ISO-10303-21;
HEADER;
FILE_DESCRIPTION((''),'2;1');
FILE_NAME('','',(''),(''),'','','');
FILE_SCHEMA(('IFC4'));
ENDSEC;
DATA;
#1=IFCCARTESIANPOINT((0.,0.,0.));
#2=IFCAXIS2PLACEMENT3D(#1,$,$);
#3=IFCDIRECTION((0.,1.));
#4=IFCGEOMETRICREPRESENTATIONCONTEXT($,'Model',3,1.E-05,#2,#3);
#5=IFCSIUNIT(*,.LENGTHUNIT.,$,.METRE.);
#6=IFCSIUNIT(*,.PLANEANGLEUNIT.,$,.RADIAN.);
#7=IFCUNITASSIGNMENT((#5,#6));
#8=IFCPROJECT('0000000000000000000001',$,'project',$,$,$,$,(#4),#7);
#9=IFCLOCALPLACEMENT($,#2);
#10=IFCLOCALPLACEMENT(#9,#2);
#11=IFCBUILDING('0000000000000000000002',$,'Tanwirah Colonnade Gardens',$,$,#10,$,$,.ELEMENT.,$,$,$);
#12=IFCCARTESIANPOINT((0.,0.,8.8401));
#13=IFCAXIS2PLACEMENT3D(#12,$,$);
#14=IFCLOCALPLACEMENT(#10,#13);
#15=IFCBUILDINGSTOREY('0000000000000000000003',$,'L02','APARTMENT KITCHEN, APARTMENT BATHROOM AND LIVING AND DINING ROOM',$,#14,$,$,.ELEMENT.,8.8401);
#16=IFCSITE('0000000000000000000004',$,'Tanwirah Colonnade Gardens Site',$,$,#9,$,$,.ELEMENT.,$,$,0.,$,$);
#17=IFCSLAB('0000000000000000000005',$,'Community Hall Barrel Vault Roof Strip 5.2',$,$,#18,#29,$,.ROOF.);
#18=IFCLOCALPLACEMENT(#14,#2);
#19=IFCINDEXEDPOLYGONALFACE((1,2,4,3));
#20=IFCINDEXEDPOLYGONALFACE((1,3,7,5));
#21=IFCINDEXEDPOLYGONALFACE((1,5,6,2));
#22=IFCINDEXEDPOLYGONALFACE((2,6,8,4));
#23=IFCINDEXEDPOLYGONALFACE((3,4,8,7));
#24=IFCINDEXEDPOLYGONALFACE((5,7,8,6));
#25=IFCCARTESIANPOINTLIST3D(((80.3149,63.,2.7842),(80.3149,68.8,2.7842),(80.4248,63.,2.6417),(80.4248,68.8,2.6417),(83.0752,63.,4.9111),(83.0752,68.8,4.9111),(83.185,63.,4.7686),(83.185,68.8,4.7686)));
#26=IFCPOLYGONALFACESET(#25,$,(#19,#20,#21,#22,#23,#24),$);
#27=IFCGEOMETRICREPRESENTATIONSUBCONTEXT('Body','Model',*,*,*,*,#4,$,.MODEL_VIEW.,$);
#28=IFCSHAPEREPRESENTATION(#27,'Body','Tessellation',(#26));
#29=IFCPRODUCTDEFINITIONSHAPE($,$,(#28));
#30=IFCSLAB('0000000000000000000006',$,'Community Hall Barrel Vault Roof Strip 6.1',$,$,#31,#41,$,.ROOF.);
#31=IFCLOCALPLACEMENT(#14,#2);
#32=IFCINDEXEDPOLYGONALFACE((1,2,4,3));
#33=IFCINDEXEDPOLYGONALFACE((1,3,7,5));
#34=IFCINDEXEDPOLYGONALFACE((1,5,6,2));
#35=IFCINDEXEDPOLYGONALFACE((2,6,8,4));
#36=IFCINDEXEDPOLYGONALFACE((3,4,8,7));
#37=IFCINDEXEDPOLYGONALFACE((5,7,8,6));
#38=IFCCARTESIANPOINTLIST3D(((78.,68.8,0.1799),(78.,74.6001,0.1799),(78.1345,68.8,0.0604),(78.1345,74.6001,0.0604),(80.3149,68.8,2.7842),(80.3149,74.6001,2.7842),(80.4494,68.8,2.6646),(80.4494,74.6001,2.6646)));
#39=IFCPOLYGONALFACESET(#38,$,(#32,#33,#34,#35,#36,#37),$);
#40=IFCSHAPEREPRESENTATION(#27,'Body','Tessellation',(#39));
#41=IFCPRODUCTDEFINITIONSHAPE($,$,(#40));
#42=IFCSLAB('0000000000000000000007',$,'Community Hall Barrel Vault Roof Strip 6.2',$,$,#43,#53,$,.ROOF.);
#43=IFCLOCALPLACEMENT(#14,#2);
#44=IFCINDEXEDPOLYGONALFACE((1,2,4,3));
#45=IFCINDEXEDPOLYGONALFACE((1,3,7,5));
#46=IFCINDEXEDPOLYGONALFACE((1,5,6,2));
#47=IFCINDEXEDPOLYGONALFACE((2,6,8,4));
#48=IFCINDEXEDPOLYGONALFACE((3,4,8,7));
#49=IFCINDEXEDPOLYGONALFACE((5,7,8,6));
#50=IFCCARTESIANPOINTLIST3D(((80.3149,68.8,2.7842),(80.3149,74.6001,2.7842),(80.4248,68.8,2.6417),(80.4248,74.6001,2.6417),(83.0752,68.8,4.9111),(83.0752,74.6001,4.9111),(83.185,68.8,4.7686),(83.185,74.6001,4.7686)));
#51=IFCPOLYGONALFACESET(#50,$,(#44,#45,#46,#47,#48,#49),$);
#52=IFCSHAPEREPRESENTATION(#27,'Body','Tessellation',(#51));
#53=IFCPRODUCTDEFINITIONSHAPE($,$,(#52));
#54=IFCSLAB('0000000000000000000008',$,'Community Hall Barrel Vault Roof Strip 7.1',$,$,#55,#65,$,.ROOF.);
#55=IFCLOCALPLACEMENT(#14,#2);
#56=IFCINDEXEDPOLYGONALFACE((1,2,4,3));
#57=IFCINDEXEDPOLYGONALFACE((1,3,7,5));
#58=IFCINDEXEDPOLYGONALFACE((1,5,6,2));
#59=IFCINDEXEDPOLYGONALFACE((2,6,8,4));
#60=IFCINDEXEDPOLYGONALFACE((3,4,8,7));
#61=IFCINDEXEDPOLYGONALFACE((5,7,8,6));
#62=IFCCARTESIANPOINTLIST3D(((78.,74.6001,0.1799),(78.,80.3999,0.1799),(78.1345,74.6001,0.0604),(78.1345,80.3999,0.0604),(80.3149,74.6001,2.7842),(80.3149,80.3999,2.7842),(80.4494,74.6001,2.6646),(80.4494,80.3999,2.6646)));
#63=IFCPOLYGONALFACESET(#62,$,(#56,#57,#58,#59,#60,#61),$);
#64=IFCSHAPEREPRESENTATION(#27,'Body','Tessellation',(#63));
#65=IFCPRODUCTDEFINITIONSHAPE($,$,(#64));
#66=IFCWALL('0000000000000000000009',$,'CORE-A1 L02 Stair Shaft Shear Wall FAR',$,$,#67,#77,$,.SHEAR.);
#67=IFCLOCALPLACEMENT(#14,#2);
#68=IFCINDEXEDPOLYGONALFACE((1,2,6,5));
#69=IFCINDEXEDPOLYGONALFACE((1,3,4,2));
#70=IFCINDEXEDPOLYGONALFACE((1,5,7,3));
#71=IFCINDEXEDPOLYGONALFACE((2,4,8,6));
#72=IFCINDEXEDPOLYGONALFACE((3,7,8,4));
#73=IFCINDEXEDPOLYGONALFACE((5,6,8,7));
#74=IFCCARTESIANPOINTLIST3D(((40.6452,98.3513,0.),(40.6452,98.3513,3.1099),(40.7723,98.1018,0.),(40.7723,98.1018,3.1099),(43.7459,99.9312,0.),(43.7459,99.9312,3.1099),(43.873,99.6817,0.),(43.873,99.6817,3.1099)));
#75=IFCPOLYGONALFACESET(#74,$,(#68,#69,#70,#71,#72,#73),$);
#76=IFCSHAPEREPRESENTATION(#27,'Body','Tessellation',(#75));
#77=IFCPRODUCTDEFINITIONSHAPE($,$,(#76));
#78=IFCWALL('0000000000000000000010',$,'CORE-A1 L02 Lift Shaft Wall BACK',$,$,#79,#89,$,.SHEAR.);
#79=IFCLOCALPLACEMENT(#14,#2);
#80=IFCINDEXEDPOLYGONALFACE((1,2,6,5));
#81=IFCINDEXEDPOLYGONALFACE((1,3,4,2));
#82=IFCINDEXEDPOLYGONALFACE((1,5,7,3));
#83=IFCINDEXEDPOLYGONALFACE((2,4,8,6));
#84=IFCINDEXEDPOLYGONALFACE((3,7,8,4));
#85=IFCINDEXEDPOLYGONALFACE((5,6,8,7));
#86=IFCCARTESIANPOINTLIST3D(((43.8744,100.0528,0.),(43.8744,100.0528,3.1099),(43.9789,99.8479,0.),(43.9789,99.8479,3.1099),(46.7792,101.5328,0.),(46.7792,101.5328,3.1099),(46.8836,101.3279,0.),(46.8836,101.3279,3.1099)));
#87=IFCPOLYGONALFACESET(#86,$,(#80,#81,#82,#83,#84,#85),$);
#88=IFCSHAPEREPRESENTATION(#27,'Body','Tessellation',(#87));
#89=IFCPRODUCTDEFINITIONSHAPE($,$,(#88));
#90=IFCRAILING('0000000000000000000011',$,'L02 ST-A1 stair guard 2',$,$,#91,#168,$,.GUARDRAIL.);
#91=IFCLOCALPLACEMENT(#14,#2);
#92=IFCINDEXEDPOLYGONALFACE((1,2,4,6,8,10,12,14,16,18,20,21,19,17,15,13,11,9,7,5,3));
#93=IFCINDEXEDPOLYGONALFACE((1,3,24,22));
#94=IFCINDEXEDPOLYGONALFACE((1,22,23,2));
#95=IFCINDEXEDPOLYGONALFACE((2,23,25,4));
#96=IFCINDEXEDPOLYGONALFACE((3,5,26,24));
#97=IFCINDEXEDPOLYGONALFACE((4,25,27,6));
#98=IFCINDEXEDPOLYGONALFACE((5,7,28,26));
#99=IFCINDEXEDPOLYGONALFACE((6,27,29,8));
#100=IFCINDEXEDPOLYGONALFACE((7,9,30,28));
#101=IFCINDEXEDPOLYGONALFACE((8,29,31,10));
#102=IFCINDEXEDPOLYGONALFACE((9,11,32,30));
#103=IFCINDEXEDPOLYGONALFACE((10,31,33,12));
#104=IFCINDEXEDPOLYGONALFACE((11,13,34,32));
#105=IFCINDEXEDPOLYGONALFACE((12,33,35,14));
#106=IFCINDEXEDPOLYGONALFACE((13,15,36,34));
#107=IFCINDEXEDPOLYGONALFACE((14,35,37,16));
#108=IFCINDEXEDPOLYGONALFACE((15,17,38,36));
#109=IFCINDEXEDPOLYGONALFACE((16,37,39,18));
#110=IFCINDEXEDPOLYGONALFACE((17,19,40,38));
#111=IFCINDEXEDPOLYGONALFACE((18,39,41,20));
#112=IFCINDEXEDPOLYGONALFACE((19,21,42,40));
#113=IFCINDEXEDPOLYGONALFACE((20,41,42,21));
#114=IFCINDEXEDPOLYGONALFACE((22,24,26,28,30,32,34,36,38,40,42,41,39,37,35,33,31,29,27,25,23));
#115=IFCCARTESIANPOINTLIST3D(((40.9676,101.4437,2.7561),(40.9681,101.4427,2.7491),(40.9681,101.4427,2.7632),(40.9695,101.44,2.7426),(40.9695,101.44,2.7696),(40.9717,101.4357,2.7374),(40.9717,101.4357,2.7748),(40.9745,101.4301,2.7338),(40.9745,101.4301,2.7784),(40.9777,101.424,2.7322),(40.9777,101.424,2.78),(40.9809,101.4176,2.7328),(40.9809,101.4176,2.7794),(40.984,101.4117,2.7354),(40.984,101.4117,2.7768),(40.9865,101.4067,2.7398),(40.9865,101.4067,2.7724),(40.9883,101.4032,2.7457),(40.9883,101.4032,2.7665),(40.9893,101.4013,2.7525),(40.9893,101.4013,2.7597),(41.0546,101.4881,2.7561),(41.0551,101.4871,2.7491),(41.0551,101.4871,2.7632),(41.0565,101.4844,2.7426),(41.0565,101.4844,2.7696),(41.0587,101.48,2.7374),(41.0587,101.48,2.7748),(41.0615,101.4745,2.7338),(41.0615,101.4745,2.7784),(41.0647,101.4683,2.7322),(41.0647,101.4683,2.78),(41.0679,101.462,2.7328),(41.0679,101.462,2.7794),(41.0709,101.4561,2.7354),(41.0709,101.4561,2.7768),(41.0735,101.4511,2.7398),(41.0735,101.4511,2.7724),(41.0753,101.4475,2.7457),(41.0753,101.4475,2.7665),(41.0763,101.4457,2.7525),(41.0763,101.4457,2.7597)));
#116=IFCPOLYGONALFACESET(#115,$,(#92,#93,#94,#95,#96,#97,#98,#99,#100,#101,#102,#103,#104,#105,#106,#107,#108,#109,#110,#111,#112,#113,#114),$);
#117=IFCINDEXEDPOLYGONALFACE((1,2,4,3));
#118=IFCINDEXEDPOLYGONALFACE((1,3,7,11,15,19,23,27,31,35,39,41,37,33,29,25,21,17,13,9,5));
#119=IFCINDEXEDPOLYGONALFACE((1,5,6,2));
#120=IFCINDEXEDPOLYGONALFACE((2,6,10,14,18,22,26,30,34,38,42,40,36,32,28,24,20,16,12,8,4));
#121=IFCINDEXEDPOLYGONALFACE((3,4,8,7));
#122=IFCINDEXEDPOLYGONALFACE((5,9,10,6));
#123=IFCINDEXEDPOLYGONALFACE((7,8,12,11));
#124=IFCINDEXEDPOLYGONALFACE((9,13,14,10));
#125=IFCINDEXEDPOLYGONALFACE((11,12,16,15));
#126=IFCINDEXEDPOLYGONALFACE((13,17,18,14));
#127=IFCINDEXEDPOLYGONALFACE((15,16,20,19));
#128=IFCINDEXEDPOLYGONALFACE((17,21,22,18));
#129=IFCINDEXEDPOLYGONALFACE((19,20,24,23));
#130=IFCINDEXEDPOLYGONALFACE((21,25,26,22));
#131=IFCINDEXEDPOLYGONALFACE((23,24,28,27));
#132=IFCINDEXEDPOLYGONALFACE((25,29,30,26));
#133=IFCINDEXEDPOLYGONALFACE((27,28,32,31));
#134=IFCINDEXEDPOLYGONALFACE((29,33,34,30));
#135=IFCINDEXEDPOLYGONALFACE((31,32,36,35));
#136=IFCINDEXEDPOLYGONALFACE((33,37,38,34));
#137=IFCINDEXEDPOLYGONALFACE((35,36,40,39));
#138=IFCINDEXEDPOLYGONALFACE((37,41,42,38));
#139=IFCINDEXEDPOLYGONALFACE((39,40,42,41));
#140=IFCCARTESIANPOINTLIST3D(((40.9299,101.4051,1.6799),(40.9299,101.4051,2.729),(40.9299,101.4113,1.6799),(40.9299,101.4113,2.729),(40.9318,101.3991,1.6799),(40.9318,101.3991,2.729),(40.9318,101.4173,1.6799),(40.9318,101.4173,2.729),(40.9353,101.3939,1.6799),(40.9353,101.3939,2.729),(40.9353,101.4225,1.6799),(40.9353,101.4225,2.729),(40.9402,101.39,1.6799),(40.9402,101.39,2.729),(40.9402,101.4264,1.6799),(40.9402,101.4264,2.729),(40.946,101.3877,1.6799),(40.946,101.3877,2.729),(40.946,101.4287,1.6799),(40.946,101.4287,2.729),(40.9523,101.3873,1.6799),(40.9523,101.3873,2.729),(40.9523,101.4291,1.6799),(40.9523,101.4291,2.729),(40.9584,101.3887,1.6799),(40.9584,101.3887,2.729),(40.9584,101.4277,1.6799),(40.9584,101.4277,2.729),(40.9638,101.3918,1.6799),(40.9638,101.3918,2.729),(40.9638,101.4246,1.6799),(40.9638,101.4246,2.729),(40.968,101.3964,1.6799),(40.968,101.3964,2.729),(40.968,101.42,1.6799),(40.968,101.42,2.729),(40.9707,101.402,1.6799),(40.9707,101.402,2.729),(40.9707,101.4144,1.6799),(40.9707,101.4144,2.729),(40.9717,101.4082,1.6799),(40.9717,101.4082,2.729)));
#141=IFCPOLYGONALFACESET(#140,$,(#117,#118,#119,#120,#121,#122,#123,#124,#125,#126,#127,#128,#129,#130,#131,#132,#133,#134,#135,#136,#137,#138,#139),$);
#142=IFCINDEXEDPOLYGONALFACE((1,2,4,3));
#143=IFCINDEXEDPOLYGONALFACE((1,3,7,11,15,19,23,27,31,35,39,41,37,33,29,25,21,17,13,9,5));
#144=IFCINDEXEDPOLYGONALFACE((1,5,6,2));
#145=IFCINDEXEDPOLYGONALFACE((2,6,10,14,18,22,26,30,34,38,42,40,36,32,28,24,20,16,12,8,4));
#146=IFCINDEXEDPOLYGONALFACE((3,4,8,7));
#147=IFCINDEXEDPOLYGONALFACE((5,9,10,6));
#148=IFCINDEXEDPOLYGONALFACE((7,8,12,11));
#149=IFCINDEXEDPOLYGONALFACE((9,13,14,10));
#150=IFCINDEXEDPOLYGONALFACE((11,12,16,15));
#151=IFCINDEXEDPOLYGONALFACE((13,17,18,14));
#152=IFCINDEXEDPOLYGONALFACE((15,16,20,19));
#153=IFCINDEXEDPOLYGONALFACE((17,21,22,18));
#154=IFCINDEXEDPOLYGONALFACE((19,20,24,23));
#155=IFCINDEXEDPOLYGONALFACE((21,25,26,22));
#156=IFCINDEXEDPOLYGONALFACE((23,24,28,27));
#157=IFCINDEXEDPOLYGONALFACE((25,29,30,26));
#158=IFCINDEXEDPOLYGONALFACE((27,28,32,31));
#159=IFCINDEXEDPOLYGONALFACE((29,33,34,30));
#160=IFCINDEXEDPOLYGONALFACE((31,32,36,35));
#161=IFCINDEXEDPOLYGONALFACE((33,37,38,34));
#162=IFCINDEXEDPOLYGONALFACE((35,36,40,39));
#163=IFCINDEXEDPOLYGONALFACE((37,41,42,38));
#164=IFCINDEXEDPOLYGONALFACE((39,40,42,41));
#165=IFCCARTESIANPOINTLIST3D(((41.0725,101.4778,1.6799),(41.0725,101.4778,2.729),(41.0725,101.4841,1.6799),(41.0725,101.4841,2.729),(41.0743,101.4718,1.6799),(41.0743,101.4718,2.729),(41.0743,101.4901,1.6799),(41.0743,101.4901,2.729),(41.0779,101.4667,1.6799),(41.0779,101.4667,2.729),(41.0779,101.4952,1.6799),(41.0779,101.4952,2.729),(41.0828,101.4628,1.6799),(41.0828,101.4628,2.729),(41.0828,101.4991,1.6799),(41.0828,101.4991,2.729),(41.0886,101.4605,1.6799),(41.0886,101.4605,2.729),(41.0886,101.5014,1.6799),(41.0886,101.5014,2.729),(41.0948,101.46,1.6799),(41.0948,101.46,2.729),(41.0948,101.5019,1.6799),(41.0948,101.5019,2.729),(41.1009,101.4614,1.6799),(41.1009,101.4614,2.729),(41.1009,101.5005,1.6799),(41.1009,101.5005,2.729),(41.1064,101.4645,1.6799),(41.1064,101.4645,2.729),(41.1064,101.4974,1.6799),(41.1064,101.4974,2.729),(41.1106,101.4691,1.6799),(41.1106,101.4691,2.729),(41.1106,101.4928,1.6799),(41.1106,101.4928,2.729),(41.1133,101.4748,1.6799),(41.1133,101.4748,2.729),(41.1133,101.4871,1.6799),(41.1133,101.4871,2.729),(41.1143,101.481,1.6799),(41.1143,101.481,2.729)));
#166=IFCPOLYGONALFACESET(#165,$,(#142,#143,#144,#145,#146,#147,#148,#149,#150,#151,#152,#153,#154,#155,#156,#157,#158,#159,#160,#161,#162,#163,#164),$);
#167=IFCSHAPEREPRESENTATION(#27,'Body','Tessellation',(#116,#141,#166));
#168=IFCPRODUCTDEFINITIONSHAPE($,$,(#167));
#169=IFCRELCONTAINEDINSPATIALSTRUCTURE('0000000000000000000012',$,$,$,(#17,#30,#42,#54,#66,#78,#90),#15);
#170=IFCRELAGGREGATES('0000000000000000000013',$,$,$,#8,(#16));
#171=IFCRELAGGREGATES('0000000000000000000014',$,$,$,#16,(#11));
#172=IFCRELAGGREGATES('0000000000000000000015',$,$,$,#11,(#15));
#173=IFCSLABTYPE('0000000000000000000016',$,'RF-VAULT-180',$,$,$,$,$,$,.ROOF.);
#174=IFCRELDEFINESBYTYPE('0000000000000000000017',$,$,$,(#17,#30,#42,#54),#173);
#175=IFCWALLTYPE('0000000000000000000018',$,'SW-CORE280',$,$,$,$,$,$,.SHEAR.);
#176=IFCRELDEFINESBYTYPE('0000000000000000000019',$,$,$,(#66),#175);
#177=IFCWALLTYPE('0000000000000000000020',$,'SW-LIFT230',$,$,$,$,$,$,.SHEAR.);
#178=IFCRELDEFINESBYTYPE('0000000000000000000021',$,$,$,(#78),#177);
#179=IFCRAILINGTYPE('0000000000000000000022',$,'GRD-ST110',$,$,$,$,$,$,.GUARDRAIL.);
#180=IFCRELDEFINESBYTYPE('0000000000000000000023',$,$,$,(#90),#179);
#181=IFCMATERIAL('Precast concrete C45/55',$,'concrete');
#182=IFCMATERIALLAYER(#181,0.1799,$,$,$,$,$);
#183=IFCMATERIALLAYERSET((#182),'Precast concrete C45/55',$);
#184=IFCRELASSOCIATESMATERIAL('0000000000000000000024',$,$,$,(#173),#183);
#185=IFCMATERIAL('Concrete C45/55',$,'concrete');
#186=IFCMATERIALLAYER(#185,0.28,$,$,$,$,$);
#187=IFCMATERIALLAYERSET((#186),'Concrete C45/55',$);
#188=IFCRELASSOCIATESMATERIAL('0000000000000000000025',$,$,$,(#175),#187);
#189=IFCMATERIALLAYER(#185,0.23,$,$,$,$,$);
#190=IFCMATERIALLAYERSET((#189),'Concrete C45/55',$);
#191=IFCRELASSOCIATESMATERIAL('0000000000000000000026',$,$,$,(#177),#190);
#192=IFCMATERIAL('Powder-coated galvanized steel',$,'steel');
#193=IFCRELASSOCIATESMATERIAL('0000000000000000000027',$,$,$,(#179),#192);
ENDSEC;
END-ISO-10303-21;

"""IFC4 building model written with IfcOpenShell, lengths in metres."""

from ifc_helpers import new_model, si_unit, direction, frame, frame_2d, origin, origin_2d, place, context, subcontext, project, spatial, polyline, rectangle, circle, outline, extrude, material, layer, layer_set, type_object, element, save


model = new_model("IFC4")

# Units and contexts
model_context = context("Model", 3, precision=1e-05, world=origin(), true_north=direction((0.0, 1.0)))
body_context = subcontext(model_context, "Body", "Model", "MODEL_VIEW")
ifc_project = project(units=[si_unit("LENGTHUNIT", "METRE"), si_unit("PLANEANGLEUNIT", "RADIAN")], contexts=[model_context])

# Site, building, storey
site_placement = place(None, origin())
site = spatial("IfcSite", under=ifc_project, at=site_placement, Name="Tanwirah Colonnade Gardens Site", CompositionType="ELEMENT", RefElevation=0.0)
building_placement = place(site_placement, origin())
building = spatial("IfcBuilding", under=site, at=building_placement, Name="Tanwirah Colonnade Gardens", CompositionType="ELEMENT")
storey_placement = place(building_placement, frame((0.0, 0.0, 8.8401)))
storey = spatial("IfcBuildingStorey", under=building, at=storey_placement, Name="L02", Description="APARTMENT KITCHEN, APARTMENT BATHROOM AND LIVING AND DINING ROOM", CompositionType="ELEMENT", Elevation=8.8401)

# Shared definitions
ifc_material_1 = material(Name="Precast concrete C45/55", Category="concrete")

# Slabs
ifc_layer_1 = layer(ifc_material_1, 0.1799)
ifc_layer_set_1 = layer_set([ifc_layer_1], Name="Precast concrete C45/55")
slab_type_1 = type_object("IfcSlabType", Name="RF-VAULT-180", PredefinedType="ROOF", material=ifc_layer_set_1)
slab_1_placement = place(storey_placement, frame((80.3149, 63.0, 2.7842), z_axis=(-0.610374, 0.0, 0.792113), x_axis=(0.792113, 0.0, 0.610374)))
element("IfcSlab", 1, at=slab_1_placement, inside=storey, type_object=slab_type_1, Name="Community Hall Barrel Vault Roof Strip 5.2", PredefinedType="ROOF", context=body_context, shape_type="SweptSolid", body=[
    extrude(outline(polyline([(0.0, 0.0), (3.4847, 0.0), (3.4847, 5.8), (0.0, 5.8), (0.0, 0.0)])), origin(), (0.0, 0.0, -1.0), 0.1799),
])
slab_2_placement = place(storey_placement, frame((78.0, 68.8, 0.1799), z_axis=(-0.747402, 0.0, 0.664373), x_axis=(0.664373, 0.0, 0.747402)))
element("IfcSlab", 2, at=slab_2_placement, inside=storey, type_object=slab_type_1, Name="Community Hall Barrel Vault Roof Strip 6.1", PredefinedType="ROOF", context=body_context, shape_type="SweptSolid", body=[
    extrude(outline(polyline([(0.0, 0.0), (3.4844, 0.0), (3.4844, 5.8), (0.0, 5.8), (0.0, 0.0)])), origin(), (0.0, 0.0, -1.0), 0.1799),
])
slab_3_placement = place(storey_placement, frame((80.3149, 68.8, 2.7842), z_axis=(-0.610374, 0.0, 0.792113), x_axis=(0.792113, 0.0, 0.610374)))
element("IfcSlab", 3, at=slab_3_placement, inside=storey, type_object=slab_type_1, Name="Community Hall Barrel Vault Roof Strip 6.2", PredefinedType="ROOF", context=body_context, shape_type="SweptSolid", body=[
    extrude(outline(polyline([(0.0, 0.0), (3.4847, 0.0), (3.4847, 5.8), (0.0, 5.8), (0.0, 0.0)])), origin(), (0.0, 0.0, -1.0), 0.1799),
])
slab_4_placement = place(storey_placement, frame((78.0, 74.6001, 0.1799), z_axis=(-0.747402, 0.0, 0.664373), x_axis=(0.664373, 0.0, 0.747402)))
element("IfcSlab", 4, at=slab_4_placement, inside=storey, type_object=slab_type_1, Name="Community Hall Barrel Vault Roof Strip 7.1", PredefinedType="ROOF", context=body_context, shape_type="SweptSolid", body=[
    extrude(outline(polyline([(0.0, 0.0), (3.4844, 0.0), (3.4844, 5.7998), (0.0, 5.7998), (0.0, 0.0)])), origin(), (0.0, 0.0, -1.0), 0.1799),
])

# Walls
ifc_material_2 = material(Name="Concrete C45/55", Category="concrete")
ifc_layer_2 = layer(ifc_material_2, 0.28)
ifc_layer_set_2 = layer_set([ifc_layer_2], Name="Concrete C45/55")
wall_type_1 = type_object("IfcWallType", Name="SW-CORE280", PredefinedType="SHEAR", material=ifc_layer_set_2)
wall_1_placement = place(storey_placement, frame((40.7087, 98.2266, 0.0), z_axis=(0.0, 0.0, 1.0), x_axis=(0.891006, 0.453992, 0.0)))
element("IfcWall", 5, at=wall_1_placement, inside=storey, type_object=wall_type_1, Name="CORE-A1 L02 Stair Shaft Shear Wall FAR", PredefinedType="SHEAR", context=body_context, shape_type="SweptSolid", body=[
    extrude(rectangle(XDim=3.48, YDim=0.28, at=frame_2d((1.74, 0.0))), origin(), (0.0, 0.0, 1.0), 3.1099),
])
ifc_layer_3 = layer(ifc_material_2, 0.23)
ifc_layer_set_3 = layer_set([ifc_layer_3], Name="Concrete C45/55")
wall_type_2 = type_object("IfcWallType", Name="SW-LIFT230", PredefinedType="SHEAR", material=ifc_layer_set_3)
wall_2_placement = place(storey_placement, frame((43.9268, 99.9504, 0.0), z_axis=(0.0, 0.0, 1.0), x_axis=(0.891017, 0.453971, 0.0)))
element("IfcWall", 6, at=wall_2_placement, inside=storey, type_object=wall_type_2, Name="CORE-A1 L02 Lift Shaft Wall BACK", PredefinedType="SHEAR", context=body_context, shape_type="SweptSolid", body=[
    extrude(rectangle(XDim=3.26, YDim=0.23, at=frame_2d((1.6299, 0.0))), origin(), (0.0, 0.0, 1.0), 3.1099),
])

# Railing
ifc_material_3 = material(Name="Powder-coated galvanized steel", Category="steel")
railing_type_1 = type_object("IfcRailingType", Name="GRD-ST110", PredefinedType="GUARDRAIL", material=ifc_material_3)
railing_1_placement = place(storey_placement, frame((40.9507, 101.4082, 1.6799)))
element("IfcRailing", 7, at=railing_1_placement, inside=storey, type_object=railing_type_1, Name="L02 ST-A1 stair guard 2", PredefinedType="GUARDRAIL", context=body_context, shape_type="SweptSolid", body=[
    extrude(circle(Radius=0.0239, at=origin_2d()), frame((0.0278, 0.0142, 1.0762), z_axis=(0.890737, 0.45452, 0.0), x_axis=(-0.45452, 0.890737, 0.0)), (0.0, 0.0, 1.0), 0.0977),
    extrude(circle(Radius=0.021, at=origin_2d()), origin(), (0.0, 0.0, 1.0), 1.0491),
    extrude(circle(Radius=0.021, at=origin_2d()), frame((0.1426, 0.0728, 0.0)), (0.0, 0.0, 1.0), 1.0491),
])

save(model, "model.ifc")
